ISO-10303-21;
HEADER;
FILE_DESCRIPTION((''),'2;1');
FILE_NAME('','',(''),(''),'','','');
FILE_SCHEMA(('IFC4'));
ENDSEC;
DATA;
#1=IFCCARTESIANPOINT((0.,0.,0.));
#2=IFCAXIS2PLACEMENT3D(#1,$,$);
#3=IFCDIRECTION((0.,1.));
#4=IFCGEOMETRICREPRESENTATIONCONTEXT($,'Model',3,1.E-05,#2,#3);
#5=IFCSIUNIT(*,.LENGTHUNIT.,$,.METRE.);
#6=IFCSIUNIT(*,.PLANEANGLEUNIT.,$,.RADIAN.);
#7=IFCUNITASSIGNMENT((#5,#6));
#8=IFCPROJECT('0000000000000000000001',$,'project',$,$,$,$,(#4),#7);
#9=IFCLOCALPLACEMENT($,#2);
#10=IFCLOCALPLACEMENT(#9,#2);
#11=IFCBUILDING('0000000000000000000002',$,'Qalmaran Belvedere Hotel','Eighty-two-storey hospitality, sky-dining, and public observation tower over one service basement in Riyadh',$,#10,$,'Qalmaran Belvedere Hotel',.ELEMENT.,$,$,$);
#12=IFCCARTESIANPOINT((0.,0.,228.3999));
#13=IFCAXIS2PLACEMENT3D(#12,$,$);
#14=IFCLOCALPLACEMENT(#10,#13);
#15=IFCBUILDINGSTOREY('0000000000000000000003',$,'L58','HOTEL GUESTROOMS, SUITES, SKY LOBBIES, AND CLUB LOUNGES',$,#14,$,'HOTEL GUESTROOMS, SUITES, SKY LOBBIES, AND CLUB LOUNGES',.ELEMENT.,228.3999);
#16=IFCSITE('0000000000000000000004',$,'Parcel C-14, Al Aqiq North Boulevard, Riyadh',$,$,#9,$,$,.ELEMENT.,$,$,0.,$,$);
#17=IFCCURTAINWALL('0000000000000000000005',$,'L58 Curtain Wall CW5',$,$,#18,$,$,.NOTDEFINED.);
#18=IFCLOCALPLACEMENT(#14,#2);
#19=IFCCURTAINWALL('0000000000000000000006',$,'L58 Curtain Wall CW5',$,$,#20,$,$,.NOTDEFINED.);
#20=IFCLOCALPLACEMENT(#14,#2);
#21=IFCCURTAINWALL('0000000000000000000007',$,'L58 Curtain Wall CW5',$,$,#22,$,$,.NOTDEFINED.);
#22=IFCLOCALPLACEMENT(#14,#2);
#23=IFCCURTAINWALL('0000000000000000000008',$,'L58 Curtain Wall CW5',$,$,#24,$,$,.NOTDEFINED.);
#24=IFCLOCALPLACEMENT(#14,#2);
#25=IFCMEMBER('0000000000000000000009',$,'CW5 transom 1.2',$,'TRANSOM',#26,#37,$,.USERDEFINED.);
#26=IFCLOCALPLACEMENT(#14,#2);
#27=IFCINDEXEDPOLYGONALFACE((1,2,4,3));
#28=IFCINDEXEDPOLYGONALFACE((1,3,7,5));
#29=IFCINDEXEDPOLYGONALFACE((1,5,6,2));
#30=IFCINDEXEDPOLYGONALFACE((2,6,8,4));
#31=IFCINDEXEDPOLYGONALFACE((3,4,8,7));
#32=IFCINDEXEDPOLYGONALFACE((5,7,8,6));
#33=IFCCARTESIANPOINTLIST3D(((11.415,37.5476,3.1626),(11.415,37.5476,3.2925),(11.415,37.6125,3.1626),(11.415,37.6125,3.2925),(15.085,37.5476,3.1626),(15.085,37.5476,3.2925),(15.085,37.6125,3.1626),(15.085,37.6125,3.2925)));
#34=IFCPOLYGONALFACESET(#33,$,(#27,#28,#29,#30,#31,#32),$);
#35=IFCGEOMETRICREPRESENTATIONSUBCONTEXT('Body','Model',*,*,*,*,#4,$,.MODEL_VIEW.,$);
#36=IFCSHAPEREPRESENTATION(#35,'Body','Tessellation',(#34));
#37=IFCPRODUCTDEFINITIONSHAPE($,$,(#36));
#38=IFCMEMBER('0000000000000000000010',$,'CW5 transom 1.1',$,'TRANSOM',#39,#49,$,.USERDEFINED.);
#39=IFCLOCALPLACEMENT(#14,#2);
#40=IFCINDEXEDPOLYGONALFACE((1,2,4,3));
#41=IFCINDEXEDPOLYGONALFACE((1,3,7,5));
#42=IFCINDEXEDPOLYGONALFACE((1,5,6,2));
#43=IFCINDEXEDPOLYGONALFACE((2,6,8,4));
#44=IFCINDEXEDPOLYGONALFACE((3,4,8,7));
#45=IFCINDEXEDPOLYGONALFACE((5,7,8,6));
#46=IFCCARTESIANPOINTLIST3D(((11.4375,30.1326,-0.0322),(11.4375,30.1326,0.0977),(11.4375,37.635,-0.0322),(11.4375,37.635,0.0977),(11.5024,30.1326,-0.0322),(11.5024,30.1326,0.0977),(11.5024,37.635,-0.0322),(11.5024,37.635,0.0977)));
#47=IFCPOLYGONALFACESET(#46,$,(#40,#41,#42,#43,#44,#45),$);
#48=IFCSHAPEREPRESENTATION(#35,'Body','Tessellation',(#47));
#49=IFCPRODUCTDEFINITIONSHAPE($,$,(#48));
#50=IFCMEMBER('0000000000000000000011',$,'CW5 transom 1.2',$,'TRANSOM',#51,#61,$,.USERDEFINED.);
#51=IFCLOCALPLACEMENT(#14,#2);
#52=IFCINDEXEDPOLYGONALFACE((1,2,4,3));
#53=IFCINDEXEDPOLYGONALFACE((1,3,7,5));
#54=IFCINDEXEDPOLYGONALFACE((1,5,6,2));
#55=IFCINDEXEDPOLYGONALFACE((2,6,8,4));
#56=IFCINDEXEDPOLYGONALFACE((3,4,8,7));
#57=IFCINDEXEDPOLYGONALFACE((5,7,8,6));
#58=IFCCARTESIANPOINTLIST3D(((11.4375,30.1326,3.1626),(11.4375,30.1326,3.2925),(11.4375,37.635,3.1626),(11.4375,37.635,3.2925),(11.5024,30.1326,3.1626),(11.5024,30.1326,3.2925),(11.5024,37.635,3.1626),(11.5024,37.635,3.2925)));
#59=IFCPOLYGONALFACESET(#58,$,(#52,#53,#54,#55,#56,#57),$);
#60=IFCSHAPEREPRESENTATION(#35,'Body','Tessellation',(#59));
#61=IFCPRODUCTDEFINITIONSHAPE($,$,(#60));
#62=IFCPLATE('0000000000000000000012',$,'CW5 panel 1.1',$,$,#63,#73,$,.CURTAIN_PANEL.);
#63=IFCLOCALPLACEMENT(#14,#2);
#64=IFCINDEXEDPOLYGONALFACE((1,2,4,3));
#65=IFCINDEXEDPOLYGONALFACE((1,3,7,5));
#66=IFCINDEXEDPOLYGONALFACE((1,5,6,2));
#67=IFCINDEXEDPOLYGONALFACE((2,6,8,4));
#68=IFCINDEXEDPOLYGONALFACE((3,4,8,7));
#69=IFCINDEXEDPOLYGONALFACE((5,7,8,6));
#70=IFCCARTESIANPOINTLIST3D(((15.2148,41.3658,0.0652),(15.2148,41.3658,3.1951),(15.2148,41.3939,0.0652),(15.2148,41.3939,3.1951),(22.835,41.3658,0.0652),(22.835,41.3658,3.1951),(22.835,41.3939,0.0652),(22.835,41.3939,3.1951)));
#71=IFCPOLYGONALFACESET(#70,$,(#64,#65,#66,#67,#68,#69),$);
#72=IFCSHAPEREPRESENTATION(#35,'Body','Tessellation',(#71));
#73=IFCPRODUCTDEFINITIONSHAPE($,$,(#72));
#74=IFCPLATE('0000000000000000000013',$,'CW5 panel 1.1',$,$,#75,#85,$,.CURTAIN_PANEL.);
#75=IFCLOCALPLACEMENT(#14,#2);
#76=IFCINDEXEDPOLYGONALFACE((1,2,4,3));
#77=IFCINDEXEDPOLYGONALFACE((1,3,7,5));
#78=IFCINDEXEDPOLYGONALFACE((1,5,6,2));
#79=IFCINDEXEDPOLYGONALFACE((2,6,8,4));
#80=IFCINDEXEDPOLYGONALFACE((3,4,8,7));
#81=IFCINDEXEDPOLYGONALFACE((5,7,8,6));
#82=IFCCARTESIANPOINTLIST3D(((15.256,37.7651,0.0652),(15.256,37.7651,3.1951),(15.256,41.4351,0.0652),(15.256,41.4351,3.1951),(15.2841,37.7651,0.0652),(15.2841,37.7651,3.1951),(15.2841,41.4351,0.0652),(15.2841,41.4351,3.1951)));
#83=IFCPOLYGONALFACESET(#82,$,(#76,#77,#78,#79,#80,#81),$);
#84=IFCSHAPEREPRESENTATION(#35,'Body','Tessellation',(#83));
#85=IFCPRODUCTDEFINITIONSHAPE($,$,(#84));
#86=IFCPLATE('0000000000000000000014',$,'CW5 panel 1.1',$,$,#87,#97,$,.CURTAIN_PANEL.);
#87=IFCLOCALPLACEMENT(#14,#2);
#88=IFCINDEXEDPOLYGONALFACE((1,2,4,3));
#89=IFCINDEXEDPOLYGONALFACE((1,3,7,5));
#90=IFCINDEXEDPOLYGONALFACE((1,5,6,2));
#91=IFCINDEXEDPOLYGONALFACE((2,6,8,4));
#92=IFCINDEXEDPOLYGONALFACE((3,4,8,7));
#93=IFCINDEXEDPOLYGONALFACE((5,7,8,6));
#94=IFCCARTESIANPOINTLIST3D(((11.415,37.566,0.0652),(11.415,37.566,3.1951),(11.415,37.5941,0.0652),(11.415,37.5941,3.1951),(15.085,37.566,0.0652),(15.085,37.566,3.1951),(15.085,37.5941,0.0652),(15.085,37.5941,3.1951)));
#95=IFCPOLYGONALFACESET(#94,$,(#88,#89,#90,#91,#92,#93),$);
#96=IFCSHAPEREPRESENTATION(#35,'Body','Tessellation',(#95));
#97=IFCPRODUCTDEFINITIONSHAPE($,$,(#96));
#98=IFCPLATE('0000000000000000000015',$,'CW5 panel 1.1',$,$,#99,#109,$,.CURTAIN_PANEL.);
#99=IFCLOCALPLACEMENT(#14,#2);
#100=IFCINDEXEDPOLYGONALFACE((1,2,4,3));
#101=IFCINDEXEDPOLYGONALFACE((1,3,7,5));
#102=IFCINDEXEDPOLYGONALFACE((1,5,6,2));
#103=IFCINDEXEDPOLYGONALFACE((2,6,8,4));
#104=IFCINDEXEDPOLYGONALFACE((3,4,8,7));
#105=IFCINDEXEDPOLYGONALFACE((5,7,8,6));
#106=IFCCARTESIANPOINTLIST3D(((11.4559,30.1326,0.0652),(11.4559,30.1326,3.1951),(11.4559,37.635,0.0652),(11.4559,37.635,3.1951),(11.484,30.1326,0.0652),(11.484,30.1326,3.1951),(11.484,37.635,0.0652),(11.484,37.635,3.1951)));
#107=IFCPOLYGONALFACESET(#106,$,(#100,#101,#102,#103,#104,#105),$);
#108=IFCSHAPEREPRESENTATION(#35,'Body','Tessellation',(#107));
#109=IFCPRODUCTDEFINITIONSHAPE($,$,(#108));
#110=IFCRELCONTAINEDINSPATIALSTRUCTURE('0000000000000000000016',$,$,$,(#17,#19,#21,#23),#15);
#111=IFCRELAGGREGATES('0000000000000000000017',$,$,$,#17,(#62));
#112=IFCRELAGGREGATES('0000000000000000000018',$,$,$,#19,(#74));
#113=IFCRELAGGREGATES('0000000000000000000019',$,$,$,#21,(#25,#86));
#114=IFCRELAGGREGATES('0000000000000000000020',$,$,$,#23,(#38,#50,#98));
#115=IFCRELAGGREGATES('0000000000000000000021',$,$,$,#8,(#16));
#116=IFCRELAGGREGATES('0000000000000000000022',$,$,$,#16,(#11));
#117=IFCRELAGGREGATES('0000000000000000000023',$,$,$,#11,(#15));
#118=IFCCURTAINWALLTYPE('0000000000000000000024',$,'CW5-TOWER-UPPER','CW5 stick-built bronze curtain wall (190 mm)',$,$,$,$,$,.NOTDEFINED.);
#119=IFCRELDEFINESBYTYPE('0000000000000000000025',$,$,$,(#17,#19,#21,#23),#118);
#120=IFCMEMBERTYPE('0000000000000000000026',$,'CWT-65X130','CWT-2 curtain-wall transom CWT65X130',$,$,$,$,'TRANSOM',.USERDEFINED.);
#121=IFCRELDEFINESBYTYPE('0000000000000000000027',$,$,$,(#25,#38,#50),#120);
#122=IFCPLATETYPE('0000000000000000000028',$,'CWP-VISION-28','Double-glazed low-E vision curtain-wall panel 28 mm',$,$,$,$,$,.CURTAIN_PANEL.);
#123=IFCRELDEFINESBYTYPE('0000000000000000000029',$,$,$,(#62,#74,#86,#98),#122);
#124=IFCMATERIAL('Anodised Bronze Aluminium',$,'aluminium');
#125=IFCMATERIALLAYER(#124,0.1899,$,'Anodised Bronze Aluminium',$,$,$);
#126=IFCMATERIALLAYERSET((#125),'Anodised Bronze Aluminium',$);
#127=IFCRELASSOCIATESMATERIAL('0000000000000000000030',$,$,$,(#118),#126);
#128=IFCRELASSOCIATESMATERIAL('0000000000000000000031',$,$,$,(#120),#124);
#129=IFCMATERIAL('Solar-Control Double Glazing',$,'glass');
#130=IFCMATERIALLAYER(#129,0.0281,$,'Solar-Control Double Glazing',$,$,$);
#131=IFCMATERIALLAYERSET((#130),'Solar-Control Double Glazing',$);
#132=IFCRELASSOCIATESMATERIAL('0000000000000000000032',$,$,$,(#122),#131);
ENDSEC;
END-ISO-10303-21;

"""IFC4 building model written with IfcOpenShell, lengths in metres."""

from ifc_helpers import new_model, si_unit, direction, frame, origin, origin_2d, place, context, subcontext, project, spatial, rectangle, extrude, material, layer, layer_set, material_profile, profile_set, type_object, element, aggregate, save


model = new_model("IFC4")

# Units and contexts
model_context = context("Model", 3, precision=1e-05, world=origin(), true_north=direction((0.0, 1.0)))
body_context = subcontext(model_context, "Body", "Model", "MODEL_VIEW")
ifc_project = project(units=[si_unit("LENGTHUNIT", "METRE"), si_unit("PLANEANGLEUNIT", "RADIAN")], contexts=[model_context])

# Site, building, storey
site_placement = place(None, origin())
site = spatial("IfcSite", under=ifc_project, at=site_placement, Name="Parcel C-14, Al Aqiq North Boulevard, Riyadh", CompositionType="ELEMENT", RefElevation=0.0)
building_placement = place(site_placement, origin())
building = spatial("IfcBuilding", under=site, at=building_placement, Name="Qalmaran Belvedere Hotel", Description="Eighty-two-storey hospitality, sky-dining, and public observation tower over one service basement in Riyadh", LongName="Qalmaran Belvedere Hotel", CompositionType="ELEMENT")
storey_placement = place(building_placement, frame((0.0, 0.0, 228.3999)))
storey = spatial("IfcBuildingStorey", under=building, at=storey_placement, Name="L58", Description="HOTEL GUESTROOMS, SUITES, SKY LOBBIES, AND CLUB LOUNGES", LongName="HOTEL GUESTROOMS, SUITES, SKY LOBBIES, AND CLUB LOUNGES", CompositionType="ELEMENT", Elevation=228.3999)

# Curtain wall
ifc_material_1 = material(Name="Anodised Bronze Aluminium", Category="aluminium")
ifc_layer_1 = layer(ifc_material_1, 0.1899, Name="Anodised Bronze Aluminium")
ifc_layer_set_1 = layer_set([ifc_layer_1], Name="Anodised Bronze Aluminium")
curtain_wall_type = type_object("IfcCurtainWallType", Name="CW5-TOWER-UPPER", Description="CW5 stick-built bronze curtain wall (190 mm)", PredefinedType="NOTDEFINED", material=ifc_layer_set_1)
curtain_wall_1_placement = place(storey_placement, origin())
curtain_wall_1 = element("IfcCurtainWall", 1, at=curtain_wall_1_placement, inside=storey, type_object=curtain_wall_type, Name="L58 Curtain Wall CW5", PredefinedType="NOTDEFINED")

# Curtain walls
curtain_wall_2_placement = place(storey_placement, origin())
curtain_wall_2 = element("IfcCurtainWall", 2, at=curtain_wall_2_placement, inside=storey, type_object=curtain_wall_type, Name="L58 Curtain Wall CW5", PredefinedType="NOTDEFINED")
curtain_wall_3_placement = place(storey_placement, origin())
curtain_wall_3 = element("IfcCurtainWall", 3, at=curtain_wall_3_placement, inside=storey, type_object=curtain_wall_type, Name="L58 Curtain Wall CW5", PredefinedType="NOTDEFINED")

# Curtain wall
curtain_wall_4_placement = place(storey_placement, origin())
curtain_wall_4 = element("IfcCurtainWall", 4, at=curtain_wall_4_placement, inside=storey, type_object=curtain_wall_type, Name="L58 Curtain Wall CW5", PredefinedType="NOTDEFINED")

# Members
ifc_material_profile_1 = material_profile(ifc_material_1, rectangle(XDim=0.0649, YDim=0.1299, at=origin_2d()), Name="CWT65X130")
ifc_profile_set_1 = profile_set([ifc_material_profile_1], Name="Anodised Bronze Aluminium")
member_type_1 = type_object("IfcMemberType", Name="CWT-65X130", Description="CWT-2 curtain-wall transom CWT65X130", ElementType="TRANSOM", PredefinedType="USERDEFINED", material=ifc_profile_set_1)
member_1_placement = place(storey_placement, frame((15.085, 37.5801, 3.2275), z_axis=(-1.0, 0.0, 0.0), x_axis=(0.0, -1.0, 0.0)))
member_1 = element("IfcMember", 5, at=member_1_placement, type_object=member_type_1, Name="CW5 transom 1.2", ObjectType="TRANSOM", PredefinedType="USERDEFINED", context=body_context, shape_type="SweptSolid", body=[
    extrude(rectangle(XDim=0.0649, YDim=0.1299, at=origin_2d()), origin(), (0.0, 0.0, 1.0), 3.6699),
])
member_2_placement = place(storey_placement, frame((11.47, 37.635, 0.0327), z_axis=(0.0, -1.0, 0.0), x_axis=(1.0, 0.0, 0.0)))
member_2 = element("IfcMember", 6, at=member_2_placement, type_object=member_type_1, Name="CW5 transom 1.1", ObjectType="TRANSOM", PredefinedType="USERDEFINED", context=body_context, shape_type="SweptSolid", body=[
    extrude(rectangle(XDim=0.0649, YDim=0.1299, at=origin_2d()), origin(), (0.0, 0.0, 1.0), 7.5024),
])
member_3_placement = place(storey_placement, frame((11.47, 37.635, 3.2275), z_axis=(0.0, -1.0, 0.0), x_axis=(1.0, 0.0, 0.0)))
member_3 = element("IfcMember", 7, at=member_3_placement, type_object=member_type_1, Name="CW5 transom 1.2", ObjectType="TRANSOM", PredefinedType="USERDEFINED", context=body_context, shape_type="SweptSolid", body=[
    extrude(rectangle(XDim=0.0649, YDim=0.1299, at=origin_2d()), origin(), (0.0, 0.0, 1.0), 7.5024),
])

# Plates
ifc_material_2 = material(Name="Solar-Control Double Glazing", Category="glass")
ifc_layer_2 = layer(ifc_material_2, 0.0281, Name="Solar-Control Double Glazing")
ifc_layer_set_2 = layer_set([ifc_layer_2], Name="Solar-Control Double Glazing")
plate_type = type_object("IfcPlateType", Name="CWP-VISION-28", Description="Double-glazed low-E vision curtain-wall panel 28 mm", PredefinedType="CURTAIN_PANEL", material=ifc_layer_set_2)
plate_1_placement = place(storey_placement, frame((19.0249, 41.3799, 0.0652), z_axis=(0.0, 0.0, 1.0), x_axis=(-1.0, 0.0, 0.0)))
plate_1 = element("IfcPlate", 8, at=plate_1_placement, type_object=plate_type, Name="CW5 panel 1.1", PredefinedType="CURTAIN_PANEL", context=body_context, shape_type="SweptSolid", body=[
    extrude(rectangle(XDim=7.6201, YDim=0.0281, at=origin_2d()), origin(), (0.0, 0.0, 1.0), 3.1299),
])
aggregate(curtain_wall_1, [plate_1])
plate_2_placement = place(storey_placement, frame((15.27, 39.6001, 0.0652), z_axis=(0.0, 0.0, 1.0), x_axis=(0.0, -1.0, 0.0)))
plate_2 = element("IfcPlate", 9, at=plate_2_placement, type_object=plate_type, Name="CW5 panel 1.1", PredefinedType="CURTAIN_PANEL", context=body_context, shape_type="SweptSolid", body=[
    extrude(rectangle(XDim=3.6699, YDim=0.0281, at=origin_2d()), origin(), (0.0, 0.0, 1.0), 3.1299),
])
aggregate(curtain_wall_2, [plate_2])
plate_3_placement = place(storey_placement, frame((13.25, 37.5801, 0.0652), z_axis=(0.0, 0.0, 1.0), x_axis=(-1.0, 0.0, 0.0)))
plate_3 = element("IfcPlate", 10, at=plate_3_placement, type_object=plate_type, Name="CW5 panel 1.1", PredefinedType="CURTAIN_PANEL", context=body_context, shape_type="SweptSolid", body=[
    extrude(rectangle(XDim=3.6699, YDim=0.0281, at=origin_2d()), origin(), (0.0, 0.0, 1.0), 3.1299),
])
aggregate(curtain_wall_3, [member_1, plate_3])
plate_4_placement = place(storey_placement, frame((11.47, 33.8838, 0.0652), z_axis=(0.0, 0.0, 1.0), x_axis=(0.0, -1.0, 0.0)))
plate_4 = element("IfcPlate", 11, at=plate_4_placement, type_object=plate_type, Name="CW5 panel 1.1", PredefinedType="CURTAIN_PANEL", context=body_context, shape_type="SweptSolid", body=[
    extrude(rectangle(XDim=7.5024, YDim=0.0281, at=origin_2d()), origin(), (0.0, 0.0, 1.0), 3.1299),
])
aggregate(curtain_wall_4, [member_2, member_3, plate_4])

save(model, "model.ifc")
